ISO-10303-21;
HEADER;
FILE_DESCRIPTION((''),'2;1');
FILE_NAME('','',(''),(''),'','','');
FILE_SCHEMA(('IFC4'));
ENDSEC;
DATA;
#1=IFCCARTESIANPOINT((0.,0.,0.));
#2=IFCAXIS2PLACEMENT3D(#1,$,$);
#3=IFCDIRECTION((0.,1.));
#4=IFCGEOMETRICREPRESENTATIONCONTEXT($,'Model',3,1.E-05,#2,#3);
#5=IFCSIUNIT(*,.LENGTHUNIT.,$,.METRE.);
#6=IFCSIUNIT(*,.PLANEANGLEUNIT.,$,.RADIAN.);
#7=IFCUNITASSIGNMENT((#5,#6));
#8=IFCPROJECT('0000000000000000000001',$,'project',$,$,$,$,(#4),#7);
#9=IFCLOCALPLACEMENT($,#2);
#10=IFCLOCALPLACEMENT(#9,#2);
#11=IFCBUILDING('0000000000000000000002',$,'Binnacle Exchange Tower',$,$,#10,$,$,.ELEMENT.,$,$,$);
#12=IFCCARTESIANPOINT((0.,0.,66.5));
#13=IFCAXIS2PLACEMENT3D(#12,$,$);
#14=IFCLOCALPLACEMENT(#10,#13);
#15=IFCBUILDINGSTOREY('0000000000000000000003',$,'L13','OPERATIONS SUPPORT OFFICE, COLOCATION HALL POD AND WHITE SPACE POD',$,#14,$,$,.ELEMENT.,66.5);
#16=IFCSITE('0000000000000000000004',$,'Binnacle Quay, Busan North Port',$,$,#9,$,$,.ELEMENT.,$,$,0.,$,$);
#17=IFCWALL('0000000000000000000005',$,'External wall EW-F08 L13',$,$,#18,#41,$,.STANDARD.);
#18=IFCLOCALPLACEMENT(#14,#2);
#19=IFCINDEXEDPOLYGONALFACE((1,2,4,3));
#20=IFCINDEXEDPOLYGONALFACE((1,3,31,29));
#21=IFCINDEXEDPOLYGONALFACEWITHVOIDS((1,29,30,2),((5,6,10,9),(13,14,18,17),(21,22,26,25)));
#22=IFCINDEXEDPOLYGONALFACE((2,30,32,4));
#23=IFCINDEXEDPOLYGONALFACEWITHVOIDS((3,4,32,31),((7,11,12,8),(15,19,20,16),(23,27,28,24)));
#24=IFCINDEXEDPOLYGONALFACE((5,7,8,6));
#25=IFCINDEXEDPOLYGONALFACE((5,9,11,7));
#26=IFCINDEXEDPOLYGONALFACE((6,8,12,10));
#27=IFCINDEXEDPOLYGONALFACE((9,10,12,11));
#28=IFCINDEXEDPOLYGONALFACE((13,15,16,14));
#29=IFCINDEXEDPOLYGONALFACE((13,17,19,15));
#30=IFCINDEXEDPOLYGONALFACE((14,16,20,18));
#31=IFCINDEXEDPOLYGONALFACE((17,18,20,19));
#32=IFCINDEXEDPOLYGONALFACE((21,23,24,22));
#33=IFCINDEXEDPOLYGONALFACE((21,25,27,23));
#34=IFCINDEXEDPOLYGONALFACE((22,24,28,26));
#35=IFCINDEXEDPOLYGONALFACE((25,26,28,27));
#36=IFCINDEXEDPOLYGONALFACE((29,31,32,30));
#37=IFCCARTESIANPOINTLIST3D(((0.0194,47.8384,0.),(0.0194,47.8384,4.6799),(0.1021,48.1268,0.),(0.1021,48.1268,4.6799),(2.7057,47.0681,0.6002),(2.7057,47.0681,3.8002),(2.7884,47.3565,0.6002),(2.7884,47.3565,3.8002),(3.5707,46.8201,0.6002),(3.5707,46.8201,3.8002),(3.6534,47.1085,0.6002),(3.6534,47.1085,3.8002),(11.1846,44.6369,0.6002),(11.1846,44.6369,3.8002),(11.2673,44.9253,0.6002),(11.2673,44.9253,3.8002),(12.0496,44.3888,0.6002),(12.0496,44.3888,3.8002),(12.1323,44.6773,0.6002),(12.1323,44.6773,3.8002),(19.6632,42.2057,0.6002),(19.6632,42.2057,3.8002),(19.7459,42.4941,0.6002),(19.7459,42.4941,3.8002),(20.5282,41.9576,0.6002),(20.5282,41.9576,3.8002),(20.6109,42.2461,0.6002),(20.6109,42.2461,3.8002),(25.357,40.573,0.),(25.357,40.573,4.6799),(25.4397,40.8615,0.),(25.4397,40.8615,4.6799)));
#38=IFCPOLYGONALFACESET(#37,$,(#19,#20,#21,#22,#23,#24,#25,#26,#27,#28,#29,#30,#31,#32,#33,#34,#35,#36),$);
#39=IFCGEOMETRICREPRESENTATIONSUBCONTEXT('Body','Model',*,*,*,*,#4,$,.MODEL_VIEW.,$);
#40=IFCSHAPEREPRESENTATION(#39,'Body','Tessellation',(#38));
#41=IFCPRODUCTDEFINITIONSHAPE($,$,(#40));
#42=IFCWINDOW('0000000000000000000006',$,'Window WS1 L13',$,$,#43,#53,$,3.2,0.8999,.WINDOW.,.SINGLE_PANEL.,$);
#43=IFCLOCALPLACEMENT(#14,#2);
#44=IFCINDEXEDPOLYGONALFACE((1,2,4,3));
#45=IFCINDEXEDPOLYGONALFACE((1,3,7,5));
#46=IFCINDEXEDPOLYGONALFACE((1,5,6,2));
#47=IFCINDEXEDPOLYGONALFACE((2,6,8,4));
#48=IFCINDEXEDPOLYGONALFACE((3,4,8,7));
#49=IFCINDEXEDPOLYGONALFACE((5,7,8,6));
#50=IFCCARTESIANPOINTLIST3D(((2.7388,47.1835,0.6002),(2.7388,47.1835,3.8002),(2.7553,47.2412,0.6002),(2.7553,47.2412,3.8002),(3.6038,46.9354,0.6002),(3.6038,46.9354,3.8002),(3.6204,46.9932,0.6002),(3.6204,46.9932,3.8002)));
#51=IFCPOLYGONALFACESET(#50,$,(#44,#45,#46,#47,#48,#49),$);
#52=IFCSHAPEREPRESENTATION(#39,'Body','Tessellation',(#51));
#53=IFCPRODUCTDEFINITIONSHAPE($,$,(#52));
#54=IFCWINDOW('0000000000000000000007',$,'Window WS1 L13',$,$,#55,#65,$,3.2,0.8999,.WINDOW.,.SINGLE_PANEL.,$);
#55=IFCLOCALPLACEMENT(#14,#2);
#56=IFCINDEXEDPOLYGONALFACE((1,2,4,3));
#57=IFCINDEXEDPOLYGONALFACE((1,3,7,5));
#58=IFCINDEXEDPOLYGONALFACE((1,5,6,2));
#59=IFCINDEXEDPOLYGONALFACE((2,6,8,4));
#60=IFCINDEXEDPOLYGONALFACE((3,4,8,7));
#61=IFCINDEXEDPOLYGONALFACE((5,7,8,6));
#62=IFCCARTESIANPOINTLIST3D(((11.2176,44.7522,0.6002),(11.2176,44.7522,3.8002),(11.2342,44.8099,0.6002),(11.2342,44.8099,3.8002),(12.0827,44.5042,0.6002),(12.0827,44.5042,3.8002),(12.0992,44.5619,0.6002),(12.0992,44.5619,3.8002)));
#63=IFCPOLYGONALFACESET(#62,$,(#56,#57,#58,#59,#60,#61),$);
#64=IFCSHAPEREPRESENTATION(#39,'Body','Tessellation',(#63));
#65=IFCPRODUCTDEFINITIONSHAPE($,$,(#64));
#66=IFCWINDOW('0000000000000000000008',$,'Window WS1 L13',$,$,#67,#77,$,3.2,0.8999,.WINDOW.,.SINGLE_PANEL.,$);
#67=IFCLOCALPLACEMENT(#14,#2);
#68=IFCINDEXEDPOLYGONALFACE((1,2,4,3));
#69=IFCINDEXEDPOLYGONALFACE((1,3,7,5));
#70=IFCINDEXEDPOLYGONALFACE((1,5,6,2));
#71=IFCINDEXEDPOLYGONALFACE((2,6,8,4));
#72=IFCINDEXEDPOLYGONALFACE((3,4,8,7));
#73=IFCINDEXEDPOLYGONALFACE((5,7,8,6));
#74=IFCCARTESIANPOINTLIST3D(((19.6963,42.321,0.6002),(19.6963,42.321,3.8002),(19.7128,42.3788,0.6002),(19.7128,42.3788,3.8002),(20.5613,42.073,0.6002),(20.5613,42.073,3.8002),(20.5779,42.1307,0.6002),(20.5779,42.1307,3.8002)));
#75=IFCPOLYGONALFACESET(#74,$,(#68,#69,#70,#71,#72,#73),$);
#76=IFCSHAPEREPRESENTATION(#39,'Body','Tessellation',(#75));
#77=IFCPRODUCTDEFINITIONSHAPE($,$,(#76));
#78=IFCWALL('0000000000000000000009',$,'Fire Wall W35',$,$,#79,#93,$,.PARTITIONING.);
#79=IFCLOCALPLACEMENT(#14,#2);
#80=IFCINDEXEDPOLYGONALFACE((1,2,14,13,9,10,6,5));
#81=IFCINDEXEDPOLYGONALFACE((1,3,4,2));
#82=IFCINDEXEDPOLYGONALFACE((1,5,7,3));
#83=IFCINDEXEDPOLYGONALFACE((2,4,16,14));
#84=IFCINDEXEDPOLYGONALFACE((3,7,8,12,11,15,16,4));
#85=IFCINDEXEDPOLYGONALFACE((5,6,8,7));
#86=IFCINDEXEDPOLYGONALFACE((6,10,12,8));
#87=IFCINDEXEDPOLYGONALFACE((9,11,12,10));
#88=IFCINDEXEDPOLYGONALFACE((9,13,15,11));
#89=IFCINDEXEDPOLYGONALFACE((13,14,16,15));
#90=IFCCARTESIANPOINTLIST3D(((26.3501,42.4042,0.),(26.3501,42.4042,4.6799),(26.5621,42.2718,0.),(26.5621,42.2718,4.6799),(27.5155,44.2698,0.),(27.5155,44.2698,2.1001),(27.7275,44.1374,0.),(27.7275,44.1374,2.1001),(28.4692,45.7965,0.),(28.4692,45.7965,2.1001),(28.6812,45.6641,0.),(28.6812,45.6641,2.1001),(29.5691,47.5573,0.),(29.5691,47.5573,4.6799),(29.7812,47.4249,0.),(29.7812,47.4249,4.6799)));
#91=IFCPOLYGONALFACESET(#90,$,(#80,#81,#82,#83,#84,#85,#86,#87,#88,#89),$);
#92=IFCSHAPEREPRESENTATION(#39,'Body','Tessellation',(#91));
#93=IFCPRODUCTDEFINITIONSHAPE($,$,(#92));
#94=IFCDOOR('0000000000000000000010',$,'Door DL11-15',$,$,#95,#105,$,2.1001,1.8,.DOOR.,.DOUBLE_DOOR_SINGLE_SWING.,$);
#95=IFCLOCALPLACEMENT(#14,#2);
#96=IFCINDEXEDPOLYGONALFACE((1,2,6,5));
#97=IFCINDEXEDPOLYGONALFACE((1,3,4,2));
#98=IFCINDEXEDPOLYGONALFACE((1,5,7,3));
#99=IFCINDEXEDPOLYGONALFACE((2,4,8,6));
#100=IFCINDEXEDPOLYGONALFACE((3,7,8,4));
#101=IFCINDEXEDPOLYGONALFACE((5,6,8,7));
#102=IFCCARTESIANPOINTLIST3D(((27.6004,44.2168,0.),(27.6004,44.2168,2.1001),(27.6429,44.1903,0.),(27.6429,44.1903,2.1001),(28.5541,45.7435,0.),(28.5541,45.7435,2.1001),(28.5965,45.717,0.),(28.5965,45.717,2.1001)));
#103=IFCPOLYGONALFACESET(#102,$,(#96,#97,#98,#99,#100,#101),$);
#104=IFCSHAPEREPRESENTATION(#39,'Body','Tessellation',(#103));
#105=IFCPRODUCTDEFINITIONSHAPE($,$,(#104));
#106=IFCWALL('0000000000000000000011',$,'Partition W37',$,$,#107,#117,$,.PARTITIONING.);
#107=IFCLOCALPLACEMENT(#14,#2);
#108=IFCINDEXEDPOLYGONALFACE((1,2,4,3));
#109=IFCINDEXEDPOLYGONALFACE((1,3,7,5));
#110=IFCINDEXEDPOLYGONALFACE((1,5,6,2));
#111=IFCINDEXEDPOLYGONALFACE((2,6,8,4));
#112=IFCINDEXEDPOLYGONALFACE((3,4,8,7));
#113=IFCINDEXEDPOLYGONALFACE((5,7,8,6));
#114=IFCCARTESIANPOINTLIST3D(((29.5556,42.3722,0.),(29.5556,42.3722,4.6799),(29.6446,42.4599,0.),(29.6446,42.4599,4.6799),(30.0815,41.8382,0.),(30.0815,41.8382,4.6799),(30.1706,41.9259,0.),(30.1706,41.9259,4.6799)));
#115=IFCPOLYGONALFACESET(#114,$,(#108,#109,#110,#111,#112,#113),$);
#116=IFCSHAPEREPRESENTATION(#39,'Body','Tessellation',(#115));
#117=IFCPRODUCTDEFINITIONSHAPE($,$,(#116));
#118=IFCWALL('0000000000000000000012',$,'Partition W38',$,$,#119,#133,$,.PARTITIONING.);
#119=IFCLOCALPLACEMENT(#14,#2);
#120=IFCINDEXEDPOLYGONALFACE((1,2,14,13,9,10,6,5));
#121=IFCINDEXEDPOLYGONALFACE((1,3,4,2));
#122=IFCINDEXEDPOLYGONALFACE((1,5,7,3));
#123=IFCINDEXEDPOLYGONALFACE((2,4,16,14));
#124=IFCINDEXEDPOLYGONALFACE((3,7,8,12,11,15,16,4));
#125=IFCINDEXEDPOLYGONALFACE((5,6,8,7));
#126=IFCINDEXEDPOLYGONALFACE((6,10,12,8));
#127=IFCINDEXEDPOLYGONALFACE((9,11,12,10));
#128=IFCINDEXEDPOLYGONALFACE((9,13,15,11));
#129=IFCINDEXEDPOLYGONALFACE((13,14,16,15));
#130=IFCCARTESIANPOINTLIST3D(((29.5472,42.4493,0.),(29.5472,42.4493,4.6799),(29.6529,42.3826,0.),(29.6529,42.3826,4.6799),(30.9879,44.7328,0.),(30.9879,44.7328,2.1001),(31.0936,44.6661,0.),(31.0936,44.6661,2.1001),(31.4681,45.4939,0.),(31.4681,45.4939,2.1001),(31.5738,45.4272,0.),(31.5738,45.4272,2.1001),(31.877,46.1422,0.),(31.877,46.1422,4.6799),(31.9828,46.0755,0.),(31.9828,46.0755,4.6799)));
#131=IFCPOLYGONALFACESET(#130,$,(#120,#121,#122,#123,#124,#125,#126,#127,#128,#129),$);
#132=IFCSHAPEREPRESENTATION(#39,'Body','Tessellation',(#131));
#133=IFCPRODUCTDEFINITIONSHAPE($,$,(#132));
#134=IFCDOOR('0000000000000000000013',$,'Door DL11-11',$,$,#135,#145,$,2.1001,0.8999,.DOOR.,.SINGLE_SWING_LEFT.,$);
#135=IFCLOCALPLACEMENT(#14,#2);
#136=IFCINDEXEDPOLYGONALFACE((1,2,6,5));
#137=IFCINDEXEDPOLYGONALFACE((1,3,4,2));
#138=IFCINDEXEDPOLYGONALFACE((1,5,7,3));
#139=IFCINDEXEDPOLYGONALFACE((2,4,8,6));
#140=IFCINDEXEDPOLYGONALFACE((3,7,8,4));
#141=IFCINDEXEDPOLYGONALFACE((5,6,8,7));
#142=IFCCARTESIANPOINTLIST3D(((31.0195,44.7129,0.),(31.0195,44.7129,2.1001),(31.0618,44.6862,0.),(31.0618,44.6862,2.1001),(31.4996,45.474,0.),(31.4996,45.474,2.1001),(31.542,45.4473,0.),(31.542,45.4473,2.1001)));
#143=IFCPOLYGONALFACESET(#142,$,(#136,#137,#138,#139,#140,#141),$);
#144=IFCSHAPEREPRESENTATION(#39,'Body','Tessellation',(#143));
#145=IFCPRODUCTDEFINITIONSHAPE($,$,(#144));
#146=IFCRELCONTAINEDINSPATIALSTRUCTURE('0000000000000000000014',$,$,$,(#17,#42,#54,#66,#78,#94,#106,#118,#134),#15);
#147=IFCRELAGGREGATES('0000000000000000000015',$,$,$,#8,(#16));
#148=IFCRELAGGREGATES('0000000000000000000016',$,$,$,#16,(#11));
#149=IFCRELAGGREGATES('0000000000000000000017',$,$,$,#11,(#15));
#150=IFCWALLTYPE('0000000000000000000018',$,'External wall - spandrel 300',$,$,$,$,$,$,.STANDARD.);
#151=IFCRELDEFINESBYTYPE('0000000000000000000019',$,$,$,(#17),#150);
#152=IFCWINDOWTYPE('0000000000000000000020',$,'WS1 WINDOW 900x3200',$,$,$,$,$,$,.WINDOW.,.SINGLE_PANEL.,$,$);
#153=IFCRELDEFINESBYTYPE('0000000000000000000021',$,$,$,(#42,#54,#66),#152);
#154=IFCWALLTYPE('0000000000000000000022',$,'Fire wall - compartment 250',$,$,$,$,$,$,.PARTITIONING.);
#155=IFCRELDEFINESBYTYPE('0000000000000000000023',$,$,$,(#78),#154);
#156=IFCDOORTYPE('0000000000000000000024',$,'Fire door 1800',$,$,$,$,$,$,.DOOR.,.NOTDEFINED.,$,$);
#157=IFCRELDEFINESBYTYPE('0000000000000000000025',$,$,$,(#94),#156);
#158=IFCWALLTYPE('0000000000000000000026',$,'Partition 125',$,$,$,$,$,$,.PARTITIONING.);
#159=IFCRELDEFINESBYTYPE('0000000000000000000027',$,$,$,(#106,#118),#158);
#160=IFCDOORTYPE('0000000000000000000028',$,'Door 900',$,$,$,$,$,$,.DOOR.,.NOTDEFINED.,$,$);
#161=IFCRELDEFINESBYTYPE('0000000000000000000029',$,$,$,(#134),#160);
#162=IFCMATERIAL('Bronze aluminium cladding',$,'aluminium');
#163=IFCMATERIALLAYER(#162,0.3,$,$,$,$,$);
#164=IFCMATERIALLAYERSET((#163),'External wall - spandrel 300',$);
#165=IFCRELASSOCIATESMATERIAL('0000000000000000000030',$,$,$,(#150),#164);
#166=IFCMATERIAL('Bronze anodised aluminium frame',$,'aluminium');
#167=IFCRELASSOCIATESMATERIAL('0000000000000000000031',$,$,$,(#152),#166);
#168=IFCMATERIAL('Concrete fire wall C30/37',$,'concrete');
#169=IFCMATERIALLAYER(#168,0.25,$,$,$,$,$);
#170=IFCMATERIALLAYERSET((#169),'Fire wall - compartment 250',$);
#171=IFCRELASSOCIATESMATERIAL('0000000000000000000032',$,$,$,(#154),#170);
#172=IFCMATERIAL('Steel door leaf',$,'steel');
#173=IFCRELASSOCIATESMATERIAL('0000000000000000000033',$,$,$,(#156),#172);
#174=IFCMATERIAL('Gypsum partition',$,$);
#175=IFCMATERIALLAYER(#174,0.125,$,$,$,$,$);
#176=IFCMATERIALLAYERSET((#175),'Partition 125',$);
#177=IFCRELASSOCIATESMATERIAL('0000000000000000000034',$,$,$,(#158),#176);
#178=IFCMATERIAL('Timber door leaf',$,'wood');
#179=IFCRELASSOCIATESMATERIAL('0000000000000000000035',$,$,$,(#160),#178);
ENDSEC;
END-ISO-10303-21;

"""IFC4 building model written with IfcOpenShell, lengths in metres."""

from ifc_helpers import new_model, si_unit, direction, frame, frame_2d, origin, place, context, subcontext, project, spatial, rectangle, extrude, material, layer, layer_set, type_object, element, fill, save


model = new_model("IFC4")

# Units and contexts
model_context = context("Model", 3, precision=1e-05, world=origin(), true_north=direction((0.0, 1.0)))
body_context = subcontext(model_context, "Body", "Model", "MODEL_VIEW")
ifc_project = project(units=[si_unit("LENGTHUNIT", "METRE"), si_unit("PLANEANGLEUNIT", "RADIAN")], contexts=[model_context])

# Site, building, storey
site_placement = place(None, origin())
site = spatial("IfcSite", under=ifc_project, at=site_placement, Name="Binnacle Quay, Busan North Port", CompositionType="ELEMENT", RefElevation=0.0)
building_placement = place(site_placement, origin())
building = spatial("IfcBuilding", under=site, at=building_placement, Name="Binnacle Exchange Tower", CompositionType="ELEMENT")
storey_placement = place(building_placement, frame((0.0, 0.0, 66.5)))
storey = spatial("IfcBuildingStorey", under=building, at=storey_placement, Name="L13", Description="OPERATIONS SUPPORT OFFICE, COLOCATION HALL POD AND WHITE SPACE POD", CompositionType="ELEMENT", Elevation=66.5)

# Shared definitions
ifc_material_1 = material(Name="Steel door leaf", Category="steel")

# Wall, openings, windows
ifc_material_2 = material(Name="Bronze aluminium cladding", Category="aluminium")
ifc_layer_1 = layer(ifc_material_2, 0.3)
ifc_layer_set_1 = layer_set([ifc_layer_1], Name="External wall - spandrel 300")
wall_type_1 = type_object("IfcWallType", Name="External wall - spandrel 300", PredefinedType="STANDARD", material=ifc_layer_set_1)
wall_1_placement = place(storey_placement, frame((25.3982, 40.7173, 0.0), z_axis=(0.0, 0.0, 1.0), x_axis=(-0.961262, 0.275635, 0.0)))
wall_1 = element("IfcWall", 1, at=wall_1_placement, inside=storey, type_object=wall_type_1, Name="External wall EW-F08 L13", PredefinedType="STANDARD", context=body_context, shape_type="SweptSolid", body=[
    extrude(rectangle(XDim=26.3586, YDim=0.3, at=frame_2d((13.1792, 0.0))), origin(), (0.0, 0.0, 1.0), 4.6799),
])
opening_1_placement = place(wall_1_placement, frame((22.6641, 0.0, 0.6001)))
opening_1 = element("IfcOpeningElement", 2, at=opening_1_placement, cuts=wall_1, PredefinedType="OPENING", context=body_context, shape_type="SweptSolid", body=[
    extrude(rectangle(XDim=0.8999, YDim=3.2, at=frame_2d((0.45, 1.6001))), frame((0.0, 0.1599, 0.0), z_axis=(0.0, -1.0, 0.0), x_axis=(1.0, 0.0, 0.0)), (0.0, 0.0, 1.0), 0.3201),
])
opening_2_placement = place(wall_1_placement, frame((13.8435, 0.0, 0.6001)))
opening_2 = element("IfcOpeningElement", 3, at=opening_2_placement, cuts=wall_1, PredefinedType="OPENING", context=body_context, shape_type="SweptSolid", body=[
    extrude(rectangle(XDim=0.8999, YDim=3.2, at=frame_2d((0.45, 1.6001))), frame((0.0, 0.1599, 0.0), z_axis=(0.0, -1.0, 0.0), x_axis=(1.0, 0.0, 0.0)), (0.0, 0.0, 1.0), 0.3201),
])
opening_3_placement = place(wall_1_placement, frame((5.0232, 0.0, 0.6001)))
opening_3 = element("IfcOpeningElement", 4, at=opening_3_placement, cuts=wall_1, PredefinedType="OPENING", context=body_context, shape_type="SweptSolid", body=[
    extrude(rectangle(XDim=0.8999, YDim=3.2, at=frame_2d((0.45, 1.6001))), frame((0.0, 0.1599, 0.0), z_axis=(0.0, -1.0, 0.0), x_axis=(1.0, 0.0, 0.0)), (0.0, 0.0, 1.0), 0.3201),
])
ifc_material_3 = material(Name="Bronze anodised aluminium frame", Category="aluminium")
window_type = type_object("IfcWindowType", Name="WS1 WINDOW 900x3200", PartitioningType="SINGLE_PANEL", PredefinedType="WINDOW", material=ifc_material_3)
window_1_placement = place(opening_1_placement, origin())
window_1 = element("IfcWindow", 5, at=window_1_placement, inside=storey, type_object=window_type, Name="Window WS1 L13", OverallHeight=3.2, OverallWidth=0.8999, PartitioningType="SINGLE_PANEL", PredefinedType="WINDOW", context=body_context, shape_type="SweptSolid", body=[
    extrude(rectangle(XDim=0.8999, YDim=3.2, at=frame_2d((0.45, 1.6001))), frame((0.0, 0.03, 0.0), z_axis=(0.0, -1.0, 0.0), x_axis=(1.0, 0.0, 0.0)), (0.0, 0.0, 1.0), 0.0601),
])
fill(opening_1, window_1)
window_2_placement = place(opening_2_placement, origin())
window_2 = element("IfcWindow", 6, at=window_2_placement, inside=storey, type_object=window_type, Name="Window WS1 L13", OverallHeight=3.2, OverallWidth=0.8999, PartitioningType="SINGLE_PANEL", PredefinedType="WINDOW", context=body_context, shape_type="SweptSolid", body=[
    extrude(rectangle(XDim=0.8999, YDim=3.2, at=frame_2d((0.45, 1.6001))), frame((0.0, 0.03, 0.0), z_axis=(0.0, -1.0, 0.0), x_axis=(1.0, 0.0, 0.0)), (0.0, 0.0, 1.0), 0.0601),
])
fill(opening_2, window_2)
window_3_placement = place(opening_3_placement, origin())
window_3 = element("IfcWindow", 7, at=window_3_placement, inside=storey, type_object=window_type, Name="Window WS1 L13", OverallHeight=3.2, OverallWidth=0.8999, PartitioningType="SINGLE_PANEL", PredefinedType="WINDOW", context=body_context, shape_type="SweptSolid", body=[
    extrude(rectangle(XDim=0.8999, YDim=3.2, at=frame_2d((0.45, 1.6001))), frame((0.0, 0.03, 0.0), z_axis=(0.0, -1.0, 0.0), x_axis=(1.0, 0.0, 0.0)), (0.0, 0.0, 1.0), 0.0601),
])
fill(opening_3, window_3)

# Wall, opening, door
ifc_material_4 = material(Name="Concrete fire wall C30/37", Category="concrete")
ifc_layer_2 = layer(ifc_material_4, 0.25)
ifc_layer_set_2 = layer_set([ifc_layer_2], Name="Fire wall - compartment 250")
wall_type_2 = type_object("IfcWallType", Name="Fire wall - compartment 250", PredefinedType="PARTITIONING", material=ifc_layer_set_2)
wall_2_placement = place(storey_placement, frame((26.4561, 42.3379, 0.0), z_axis=(0.0, 0.0, 1.0), x_axis=(0.5298, 0.848122, 0.0)))
wall_2 = element("IfcWall", 8, at=wall_2_placement, inside=storey, type_object=wall_type_2, Name="Fire Wall W35", PredefinedType="PARTITIONING", context=body_context, shape_type="SweptSolid", body=[
    extrude(rectangle(XDim=6.0759, YDim=0.25, at=frame_2d((3.0381, 0.0))), origin(), (0.0, 0.0, 1.0), 4.6799),
])
opening_4_placement = place(wall_2_placement, frame((2.2, 0.0, 0.0)))
opening_4 = element("IfcOpeningElement", 9, at=opening_4_placement, cuts=wall_2, PredefinedType="OPENING", context=body_context, shape_type="SweptSolid", body=[
    extrude(rectangle(XDim=1.8, YDim=2.1001, at=frame_2d((0.8999, 1.05))), frame((0.0, 0.135, 0.0), z_axis=(0.0, -1.0, 0.0), x_axis=(1.0, 0.0, 0.0)), (0.0, 0.0, 1.0), 0.27),
])
door_type_1 = type_object("IfcDoorType", Name="Fire door 1800", OperationType="NOTDEFINED", PredefinedType="DOOR", material=ifc_material_1)
door_1_placement = place(opening_4_placement, origin())
door_1 = element("IfcDoor", 10, at=door_1_placement, inside=storey, type_object=door_type_1, Name="Door DL11-15", OperationType="DOUBLE_DOOR_SINGLE_SWING", OverallHeight=2.1001, OverallWidth=1.8, PredefinedType="DOOR", context=body_context, shape_type="SweptSolid", body=[
    extrude(rectangle(XDim=1.8, YDim=2.1001, at=frame_2d((0.8999, 1.05))), frame((0.0, 0.0249, 0.0), z_axis=(0.0, -1.0, 0.0), x_axis=(1.0, 0.0, 0.0)), (0.0, 0.0, 1.0), 0.05),
])
fill(opening_4, door_1)

# Wall
ifc_material_5 = material(Name="Gypsum partition")
ifc_layer_3 = layer(ifc_material_5, 0.125)
ifc_layer_set_3 = layer_set([ifc_layer_3], Name="Partition 125")
wall_type_3 = type_object("IfcWallType", Name="Partition 125", PredefinedType="PARTITIONING", material=ifc_layer_set_3)
wall_3_placement = place(storey_placement, frame((29.6001, 42.416, 0.0), z_axis=(0.0, 0.0, 1.0), x_axis=(0.701711, -0.712462, 0.0)))
element("IfcWall", 11, at=wall_3_placement, inside=storey, type_object=wall_type_3, Name="Partition W37", PredefinedType="PARTITIONING", context=body_context, shape_type="SweptSolid", body=[
    extrude(rectangle(XDim=0.7495, YDim=0.125, at=frame_2d((0.3748, 0.0))), origin(), (0.0, 0.0, 1.0), 4.6799),
])

# Wall, opening, door
wall_4_placement = place(storey_placement, frame((29.6001, 42.416, 0.0), z_axis=(0.0, 0.0, 1.0), x_axis=(0.533583, 0.845748, 0.0)))
wall_4 = element("IfcWall", 12, at=wall_4_placement, inside=storey, type_object=wall_type_3, Name="Partition W38", PredefinedType="PARTITIONING", context=body_context, shape_type="SweptSolid", body=[
    extrude(rectangle(XDim=4.3665, YDim=0.125, at=frame_2d((2.1831, 0.0))), origin(), (0.0, 0.0, 1.0), 4.6799),
])
opening_5_placement = place(wall_4_placement, frame((2.7, 0.0, 0.0)))
opening_5 = element("IfcOpeningElement", 13, at=opening_5_placement, cuts=wall_4, PredefinedType="OPENING", context=body_context, shape_type="SweptSolid", body=[
    extrude(rectangle(XDim=0.8999, YDim=2.1001, at=frame_2d((0.45, 1.05))), frame((0.0, 0.0725, 0.0), z_axis=(0.0, -1.0, 0.0), x_axis=(1.0, 0.0, 0.0)), (0.0, 0.0, 1.0), 0.145),
])
ifc_material_6 = material(Name="Timber door leaf", Category="wood")
door_type_2 = type_object("IfcDoorType", Name="Door 900", OperationType="NOTDEFINED", PredefinedType="DOOR", material=ifc_material_6)
door_2_placement = place(opening_5_placement, frame((0.8999, 0.0, 0.0), z_axis=(0.0, 0.0, 1.0), x_axis=(-1.0, 0.0, 0.0)))
door_2 = element("IfcDoor", 14, at=door_2_placement, inside=storey, type_object=door_type_2, Name="Door DL11-11", OperationType="SINGLE_SWING_LEFT", OverallHeight=2.1001, OverallWidth=0.8999, PredefinedType="DOOR", context=body_context, shape_type="SweptSolid", body=[
    extrude(rectangle(XDim=0.8999, YDim=2.1001, at=frame_2d((0.45, 1.05))), frame((0.0, 0.0249, 0.0), z_axis=(0.0, -1.0, 0.0), x_axis=(1.0, 0.0, 0.0)), (0.0, 0.0, 1.0), 0.05),
])
fill(opening_5, door_2)

save(model, "model.ifc")
